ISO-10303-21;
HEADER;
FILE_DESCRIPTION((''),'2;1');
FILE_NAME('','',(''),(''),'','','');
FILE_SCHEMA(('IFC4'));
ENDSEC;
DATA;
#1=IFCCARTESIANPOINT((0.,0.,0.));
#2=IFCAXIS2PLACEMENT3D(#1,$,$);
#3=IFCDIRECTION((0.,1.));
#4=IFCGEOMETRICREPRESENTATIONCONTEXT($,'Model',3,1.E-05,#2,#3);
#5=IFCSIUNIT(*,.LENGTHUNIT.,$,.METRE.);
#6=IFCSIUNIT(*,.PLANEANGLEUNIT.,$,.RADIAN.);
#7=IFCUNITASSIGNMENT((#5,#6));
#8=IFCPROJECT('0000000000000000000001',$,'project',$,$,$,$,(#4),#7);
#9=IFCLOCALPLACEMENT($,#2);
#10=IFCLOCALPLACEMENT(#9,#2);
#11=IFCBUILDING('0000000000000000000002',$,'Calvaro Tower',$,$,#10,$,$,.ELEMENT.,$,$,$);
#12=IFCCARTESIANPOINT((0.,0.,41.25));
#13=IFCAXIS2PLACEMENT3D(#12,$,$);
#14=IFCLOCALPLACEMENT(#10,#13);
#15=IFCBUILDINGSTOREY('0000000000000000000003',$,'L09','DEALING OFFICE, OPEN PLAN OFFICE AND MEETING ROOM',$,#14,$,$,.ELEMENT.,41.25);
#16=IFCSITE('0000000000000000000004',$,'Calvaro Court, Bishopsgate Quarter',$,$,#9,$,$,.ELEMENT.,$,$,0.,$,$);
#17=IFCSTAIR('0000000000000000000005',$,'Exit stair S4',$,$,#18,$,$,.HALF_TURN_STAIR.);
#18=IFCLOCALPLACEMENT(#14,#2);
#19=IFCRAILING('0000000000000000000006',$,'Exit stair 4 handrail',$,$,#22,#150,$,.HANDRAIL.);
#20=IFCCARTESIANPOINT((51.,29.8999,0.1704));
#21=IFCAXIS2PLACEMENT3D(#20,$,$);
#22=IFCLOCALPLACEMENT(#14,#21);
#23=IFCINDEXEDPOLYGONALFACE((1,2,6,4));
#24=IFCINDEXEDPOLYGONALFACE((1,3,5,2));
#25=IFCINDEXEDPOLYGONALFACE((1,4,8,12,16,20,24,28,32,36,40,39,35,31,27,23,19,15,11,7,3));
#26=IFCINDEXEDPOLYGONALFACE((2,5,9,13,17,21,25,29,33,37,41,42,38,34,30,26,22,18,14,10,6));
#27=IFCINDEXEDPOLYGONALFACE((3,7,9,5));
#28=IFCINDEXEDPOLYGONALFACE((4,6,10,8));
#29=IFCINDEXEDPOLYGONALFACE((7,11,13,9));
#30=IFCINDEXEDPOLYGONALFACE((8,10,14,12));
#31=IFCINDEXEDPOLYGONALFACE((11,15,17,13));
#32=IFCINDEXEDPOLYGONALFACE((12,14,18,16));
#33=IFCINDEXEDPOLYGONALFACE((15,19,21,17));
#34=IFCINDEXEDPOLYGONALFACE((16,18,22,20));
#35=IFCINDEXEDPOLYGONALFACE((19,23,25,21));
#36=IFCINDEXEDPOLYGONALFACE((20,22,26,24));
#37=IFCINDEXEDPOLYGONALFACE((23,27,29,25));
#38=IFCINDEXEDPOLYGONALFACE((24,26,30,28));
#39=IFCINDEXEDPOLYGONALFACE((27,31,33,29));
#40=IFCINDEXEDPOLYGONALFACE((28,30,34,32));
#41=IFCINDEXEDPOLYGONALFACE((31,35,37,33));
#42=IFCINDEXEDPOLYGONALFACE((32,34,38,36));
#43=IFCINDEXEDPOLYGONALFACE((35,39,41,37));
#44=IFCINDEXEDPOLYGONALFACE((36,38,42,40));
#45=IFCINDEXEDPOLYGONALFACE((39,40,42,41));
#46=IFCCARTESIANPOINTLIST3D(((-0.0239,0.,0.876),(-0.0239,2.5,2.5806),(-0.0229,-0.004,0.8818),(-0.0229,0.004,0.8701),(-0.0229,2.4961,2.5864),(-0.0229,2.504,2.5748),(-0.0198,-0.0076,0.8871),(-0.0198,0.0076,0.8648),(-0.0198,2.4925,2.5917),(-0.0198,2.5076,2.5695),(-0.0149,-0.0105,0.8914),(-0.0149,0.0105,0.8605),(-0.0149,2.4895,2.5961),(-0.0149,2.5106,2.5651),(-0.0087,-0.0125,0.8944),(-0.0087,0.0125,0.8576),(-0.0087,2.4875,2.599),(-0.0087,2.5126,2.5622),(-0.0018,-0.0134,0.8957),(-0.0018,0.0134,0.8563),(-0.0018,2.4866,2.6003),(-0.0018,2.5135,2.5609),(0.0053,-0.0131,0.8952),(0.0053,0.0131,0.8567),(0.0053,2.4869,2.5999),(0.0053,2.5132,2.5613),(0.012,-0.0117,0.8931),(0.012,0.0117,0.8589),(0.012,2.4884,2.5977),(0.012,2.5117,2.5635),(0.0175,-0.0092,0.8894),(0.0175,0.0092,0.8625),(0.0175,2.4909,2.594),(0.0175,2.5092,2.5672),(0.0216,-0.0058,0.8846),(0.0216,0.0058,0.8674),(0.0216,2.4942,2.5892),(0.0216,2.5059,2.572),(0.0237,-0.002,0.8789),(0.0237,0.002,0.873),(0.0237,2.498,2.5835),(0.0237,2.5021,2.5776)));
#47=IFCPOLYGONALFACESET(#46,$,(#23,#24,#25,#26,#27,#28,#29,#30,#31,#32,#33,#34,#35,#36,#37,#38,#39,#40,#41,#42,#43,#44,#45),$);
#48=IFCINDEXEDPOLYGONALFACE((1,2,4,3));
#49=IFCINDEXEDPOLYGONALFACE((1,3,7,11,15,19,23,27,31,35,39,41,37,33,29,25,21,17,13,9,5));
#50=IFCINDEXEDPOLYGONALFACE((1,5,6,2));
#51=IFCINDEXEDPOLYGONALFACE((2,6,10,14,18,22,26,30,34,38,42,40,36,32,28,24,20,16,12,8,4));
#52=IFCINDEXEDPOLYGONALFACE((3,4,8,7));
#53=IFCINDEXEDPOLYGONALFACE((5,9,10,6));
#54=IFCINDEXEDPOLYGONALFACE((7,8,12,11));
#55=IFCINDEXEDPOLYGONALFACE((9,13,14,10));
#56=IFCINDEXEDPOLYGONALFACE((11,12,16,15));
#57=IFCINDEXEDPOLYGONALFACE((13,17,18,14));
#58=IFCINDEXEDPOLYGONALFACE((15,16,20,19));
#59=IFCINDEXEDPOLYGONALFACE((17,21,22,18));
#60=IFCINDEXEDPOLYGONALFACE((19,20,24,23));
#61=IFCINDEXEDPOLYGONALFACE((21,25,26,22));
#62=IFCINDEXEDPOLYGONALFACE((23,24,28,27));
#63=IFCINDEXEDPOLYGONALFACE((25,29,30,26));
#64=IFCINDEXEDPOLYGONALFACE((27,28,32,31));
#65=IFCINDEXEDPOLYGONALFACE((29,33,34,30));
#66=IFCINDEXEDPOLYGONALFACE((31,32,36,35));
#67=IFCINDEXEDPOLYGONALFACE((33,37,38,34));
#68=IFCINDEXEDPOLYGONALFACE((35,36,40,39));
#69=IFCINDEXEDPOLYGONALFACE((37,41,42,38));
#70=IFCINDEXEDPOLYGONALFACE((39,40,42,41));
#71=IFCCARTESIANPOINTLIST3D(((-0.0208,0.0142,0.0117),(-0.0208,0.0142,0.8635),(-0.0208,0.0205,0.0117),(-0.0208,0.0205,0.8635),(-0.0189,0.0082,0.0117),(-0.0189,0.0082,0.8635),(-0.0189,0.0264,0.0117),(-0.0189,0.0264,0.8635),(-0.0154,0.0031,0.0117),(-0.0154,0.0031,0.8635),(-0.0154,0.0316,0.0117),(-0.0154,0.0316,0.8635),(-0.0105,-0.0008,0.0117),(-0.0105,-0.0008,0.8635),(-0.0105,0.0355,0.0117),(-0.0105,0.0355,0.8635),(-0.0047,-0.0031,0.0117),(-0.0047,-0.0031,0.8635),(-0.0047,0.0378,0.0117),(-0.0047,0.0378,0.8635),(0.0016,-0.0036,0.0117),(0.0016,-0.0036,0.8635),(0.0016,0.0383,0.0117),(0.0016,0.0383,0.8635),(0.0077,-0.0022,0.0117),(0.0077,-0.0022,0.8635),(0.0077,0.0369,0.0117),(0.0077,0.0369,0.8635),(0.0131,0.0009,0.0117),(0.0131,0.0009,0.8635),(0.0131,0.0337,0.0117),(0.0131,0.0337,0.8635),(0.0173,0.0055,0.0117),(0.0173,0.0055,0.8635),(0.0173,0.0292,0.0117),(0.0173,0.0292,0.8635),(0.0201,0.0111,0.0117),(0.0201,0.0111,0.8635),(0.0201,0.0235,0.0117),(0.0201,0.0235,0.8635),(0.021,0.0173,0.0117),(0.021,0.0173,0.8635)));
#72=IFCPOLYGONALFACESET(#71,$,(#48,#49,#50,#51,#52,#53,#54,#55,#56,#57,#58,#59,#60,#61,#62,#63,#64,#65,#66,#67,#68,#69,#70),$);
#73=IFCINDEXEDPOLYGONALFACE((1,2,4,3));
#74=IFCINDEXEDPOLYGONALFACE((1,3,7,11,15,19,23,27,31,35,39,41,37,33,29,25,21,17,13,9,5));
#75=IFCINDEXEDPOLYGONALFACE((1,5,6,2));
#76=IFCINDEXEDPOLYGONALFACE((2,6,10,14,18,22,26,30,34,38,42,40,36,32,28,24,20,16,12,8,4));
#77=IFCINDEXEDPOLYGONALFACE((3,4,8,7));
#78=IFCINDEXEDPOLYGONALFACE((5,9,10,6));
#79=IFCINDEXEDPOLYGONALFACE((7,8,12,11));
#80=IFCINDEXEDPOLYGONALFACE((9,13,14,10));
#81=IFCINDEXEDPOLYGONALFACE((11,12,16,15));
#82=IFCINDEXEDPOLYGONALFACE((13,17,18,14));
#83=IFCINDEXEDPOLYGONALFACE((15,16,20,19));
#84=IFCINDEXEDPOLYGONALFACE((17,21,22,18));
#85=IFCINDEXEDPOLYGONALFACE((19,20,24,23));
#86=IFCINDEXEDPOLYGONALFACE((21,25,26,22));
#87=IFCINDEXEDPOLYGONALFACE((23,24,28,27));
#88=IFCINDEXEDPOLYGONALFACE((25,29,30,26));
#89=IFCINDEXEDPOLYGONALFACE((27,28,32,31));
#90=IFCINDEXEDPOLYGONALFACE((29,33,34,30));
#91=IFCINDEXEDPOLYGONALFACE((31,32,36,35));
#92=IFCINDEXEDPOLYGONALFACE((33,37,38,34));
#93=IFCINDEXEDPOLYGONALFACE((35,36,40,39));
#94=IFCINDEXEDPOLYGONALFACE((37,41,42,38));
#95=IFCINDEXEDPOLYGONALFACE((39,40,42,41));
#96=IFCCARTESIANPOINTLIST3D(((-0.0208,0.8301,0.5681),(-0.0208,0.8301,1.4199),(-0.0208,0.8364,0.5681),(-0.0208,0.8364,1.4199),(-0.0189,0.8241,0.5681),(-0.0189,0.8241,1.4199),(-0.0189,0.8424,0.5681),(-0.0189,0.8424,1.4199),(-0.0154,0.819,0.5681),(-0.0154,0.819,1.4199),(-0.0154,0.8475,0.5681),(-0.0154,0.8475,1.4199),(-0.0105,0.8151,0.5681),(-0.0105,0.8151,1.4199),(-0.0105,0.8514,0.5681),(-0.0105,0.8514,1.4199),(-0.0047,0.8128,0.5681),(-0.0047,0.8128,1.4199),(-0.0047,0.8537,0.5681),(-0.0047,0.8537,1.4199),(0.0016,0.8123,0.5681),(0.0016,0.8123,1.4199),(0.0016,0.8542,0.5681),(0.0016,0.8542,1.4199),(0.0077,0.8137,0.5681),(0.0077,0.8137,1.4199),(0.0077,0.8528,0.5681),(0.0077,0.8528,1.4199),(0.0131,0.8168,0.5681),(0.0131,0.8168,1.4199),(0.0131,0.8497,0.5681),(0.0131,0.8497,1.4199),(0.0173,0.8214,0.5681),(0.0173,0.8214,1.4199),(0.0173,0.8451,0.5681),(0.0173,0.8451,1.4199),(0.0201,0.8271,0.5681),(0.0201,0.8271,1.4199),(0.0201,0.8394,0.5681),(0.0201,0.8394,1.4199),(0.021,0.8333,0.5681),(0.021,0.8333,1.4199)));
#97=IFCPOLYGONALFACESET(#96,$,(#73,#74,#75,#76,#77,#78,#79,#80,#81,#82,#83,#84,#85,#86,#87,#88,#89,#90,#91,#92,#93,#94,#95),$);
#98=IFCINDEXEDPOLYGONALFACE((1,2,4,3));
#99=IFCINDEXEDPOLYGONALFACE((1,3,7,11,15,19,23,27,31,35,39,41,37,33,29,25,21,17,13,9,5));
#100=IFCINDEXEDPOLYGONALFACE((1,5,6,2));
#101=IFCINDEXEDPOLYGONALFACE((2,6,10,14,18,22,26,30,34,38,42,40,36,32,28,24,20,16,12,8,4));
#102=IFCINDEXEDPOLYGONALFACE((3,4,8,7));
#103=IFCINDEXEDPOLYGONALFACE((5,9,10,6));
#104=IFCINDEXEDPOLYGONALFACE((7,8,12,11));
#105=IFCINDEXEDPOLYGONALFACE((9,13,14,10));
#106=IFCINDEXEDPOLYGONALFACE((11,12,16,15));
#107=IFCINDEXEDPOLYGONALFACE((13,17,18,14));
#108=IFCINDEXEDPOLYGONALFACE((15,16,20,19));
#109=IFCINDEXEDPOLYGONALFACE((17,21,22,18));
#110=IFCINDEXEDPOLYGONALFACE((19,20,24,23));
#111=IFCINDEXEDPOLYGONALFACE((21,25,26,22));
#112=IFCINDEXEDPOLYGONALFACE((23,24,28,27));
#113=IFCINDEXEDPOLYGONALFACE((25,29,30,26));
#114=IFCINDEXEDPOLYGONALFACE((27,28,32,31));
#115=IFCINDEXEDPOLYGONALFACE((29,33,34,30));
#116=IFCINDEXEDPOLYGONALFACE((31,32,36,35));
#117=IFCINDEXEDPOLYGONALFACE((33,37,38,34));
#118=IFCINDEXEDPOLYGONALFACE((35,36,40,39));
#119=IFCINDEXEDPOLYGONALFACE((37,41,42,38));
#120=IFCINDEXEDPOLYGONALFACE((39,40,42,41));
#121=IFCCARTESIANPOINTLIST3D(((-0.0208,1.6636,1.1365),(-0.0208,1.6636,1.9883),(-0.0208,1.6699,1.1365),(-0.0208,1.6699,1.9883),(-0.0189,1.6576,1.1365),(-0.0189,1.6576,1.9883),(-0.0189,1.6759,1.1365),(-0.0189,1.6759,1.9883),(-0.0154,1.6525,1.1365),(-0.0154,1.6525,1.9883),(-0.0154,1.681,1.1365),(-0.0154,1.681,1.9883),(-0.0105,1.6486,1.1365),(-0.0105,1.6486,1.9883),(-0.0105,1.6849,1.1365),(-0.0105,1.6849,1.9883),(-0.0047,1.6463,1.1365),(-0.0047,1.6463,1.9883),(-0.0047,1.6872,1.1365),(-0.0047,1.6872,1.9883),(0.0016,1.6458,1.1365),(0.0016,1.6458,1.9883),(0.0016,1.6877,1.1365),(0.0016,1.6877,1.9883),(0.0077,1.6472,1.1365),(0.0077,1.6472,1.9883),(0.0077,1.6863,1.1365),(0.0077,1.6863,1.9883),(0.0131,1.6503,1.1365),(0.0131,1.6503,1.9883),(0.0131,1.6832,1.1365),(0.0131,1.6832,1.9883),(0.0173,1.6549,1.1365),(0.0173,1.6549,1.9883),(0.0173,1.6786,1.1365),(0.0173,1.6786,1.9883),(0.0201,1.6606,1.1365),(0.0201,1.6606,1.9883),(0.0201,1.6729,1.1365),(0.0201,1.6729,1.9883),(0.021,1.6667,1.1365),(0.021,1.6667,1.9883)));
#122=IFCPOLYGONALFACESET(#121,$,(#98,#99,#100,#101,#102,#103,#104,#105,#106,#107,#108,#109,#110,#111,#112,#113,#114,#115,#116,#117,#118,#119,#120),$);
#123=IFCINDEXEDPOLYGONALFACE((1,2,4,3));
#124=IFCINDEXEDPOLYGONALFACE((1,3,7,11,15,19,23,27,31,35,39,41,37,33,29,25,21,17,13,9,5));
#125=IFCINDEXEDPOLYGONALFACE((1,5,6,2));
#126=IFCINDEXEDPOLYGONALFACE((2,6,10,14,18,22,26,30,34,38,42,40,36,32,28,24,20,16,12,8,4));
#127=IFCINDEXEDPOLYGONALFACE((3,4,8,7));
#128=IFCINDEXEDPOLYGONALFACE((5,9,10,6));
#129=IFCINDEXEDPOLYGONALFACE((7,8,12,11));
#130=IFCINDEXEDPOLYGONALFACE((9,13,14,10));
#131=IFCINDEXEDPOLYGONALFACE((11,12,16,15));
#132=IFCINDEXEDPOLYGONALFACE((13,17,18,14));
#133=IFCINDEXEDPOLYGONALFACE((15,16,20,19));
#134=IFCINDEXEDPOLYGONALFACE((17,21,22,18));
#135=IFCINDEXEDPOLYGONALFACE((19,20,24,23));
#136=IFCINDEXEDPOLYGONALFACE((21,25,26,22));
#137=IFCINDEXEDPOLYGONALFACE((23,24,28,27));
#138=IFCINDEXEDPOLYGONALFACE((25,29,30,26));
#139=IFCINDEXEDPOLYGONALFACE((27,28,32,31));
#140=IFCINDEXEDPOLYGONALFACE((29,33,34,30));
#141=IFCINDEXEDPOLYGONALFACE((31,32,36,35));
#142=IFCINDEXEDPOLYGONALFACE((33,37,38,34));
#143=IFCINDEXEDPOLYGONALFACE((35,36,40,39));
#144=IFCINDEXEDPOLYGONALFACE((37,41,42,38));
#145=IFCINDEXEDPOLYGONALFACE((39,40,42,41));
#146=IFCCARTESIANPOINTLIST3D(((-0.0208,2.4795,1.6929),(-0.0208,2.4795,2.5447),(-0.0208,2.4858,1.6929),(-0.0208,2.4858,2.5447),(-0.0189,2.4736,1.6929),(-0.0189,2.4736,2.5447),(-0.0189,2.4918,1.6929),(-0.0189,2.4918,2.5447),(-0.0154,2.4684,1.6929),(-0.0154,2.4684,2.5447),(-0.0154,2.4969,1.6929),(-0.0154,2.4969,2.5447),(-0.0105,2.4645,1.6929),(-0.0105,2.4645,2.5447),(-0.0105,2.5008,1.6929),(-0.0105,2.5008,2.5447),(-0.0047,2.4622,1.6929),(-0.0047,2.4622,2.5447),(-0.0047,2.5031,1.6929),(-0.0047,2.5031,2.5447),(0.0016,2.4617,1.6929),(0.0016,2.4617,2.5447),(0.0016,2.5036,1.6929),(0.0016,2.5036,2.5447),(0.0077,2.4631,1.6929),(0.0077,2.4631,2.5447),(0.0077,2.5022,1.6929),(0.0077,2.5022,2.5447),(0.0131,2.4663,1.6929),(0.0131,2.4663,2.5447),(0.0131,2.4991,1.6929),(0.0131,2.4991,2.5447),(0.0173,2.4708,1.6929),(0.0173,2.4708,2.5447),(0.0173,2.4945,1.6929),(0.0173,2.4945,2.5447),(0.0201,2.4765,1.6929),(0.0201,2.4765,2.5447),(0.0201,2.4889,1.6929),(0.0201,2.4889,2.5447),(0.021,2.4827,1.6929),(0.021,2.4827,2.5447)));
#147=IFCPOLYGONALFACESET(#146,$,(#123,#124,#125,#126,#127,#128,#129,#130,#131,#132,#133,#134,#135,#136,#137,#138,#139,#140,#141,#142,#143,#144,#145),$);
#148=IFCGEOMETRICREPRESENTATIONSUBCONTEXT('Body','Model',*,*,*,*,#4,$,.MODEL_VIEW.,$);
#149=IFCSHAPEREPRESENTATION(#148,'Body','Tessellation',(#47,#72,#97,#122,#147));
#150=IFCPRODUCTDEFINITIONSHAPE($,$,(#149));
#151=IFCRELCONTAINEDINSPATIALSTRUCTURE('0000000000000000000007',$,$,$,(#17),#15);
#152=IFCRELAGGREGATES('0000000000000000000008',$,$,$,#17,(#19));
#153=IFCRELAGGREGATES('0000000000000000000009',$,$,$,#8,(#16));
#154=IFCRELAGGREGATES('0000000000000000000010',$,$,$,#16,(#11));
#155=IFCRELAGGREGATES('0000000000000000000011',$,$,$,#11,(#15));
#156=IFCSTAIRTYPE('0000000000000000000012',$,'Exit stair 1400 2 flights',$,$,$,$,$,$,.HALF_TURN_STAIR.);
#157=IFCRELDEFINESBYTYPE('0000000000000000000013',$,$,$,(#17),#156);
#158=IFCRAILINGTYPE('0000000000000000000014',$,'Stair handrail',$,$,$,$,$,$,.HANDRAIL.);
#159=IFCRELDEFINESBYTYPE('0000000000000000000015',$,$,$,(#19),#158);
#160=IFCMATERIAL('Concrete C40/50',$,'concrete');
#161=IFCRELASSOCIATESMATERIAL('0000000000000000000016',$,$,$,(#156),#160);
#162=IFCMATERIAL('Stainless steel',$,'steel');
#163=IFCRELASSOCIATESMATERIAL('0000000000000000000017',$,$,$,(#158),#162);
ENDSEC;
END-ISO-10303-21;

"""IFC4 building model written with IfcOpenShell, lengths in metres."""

from ifc_helpers import new_model, si_unit, direction, frame, origin, origin_2d, place, context, subcontext, project, spatial, circle, extrude, material, type_object, element, aggregate, save


model = new_model("IFC4")

# Units and contexts
model_context = context("Model", 3, precision=1e-05, world=origin(), true_north=direction((0.0, 1.0)))
body_context = subcontext(model_context, "Body", "Model", "MODEL_VIEW")
ifc_project = project(units=[si_unit("LENGTHUNIT", "METRE"), si_unit("PLANEANGLEUNIT", "RADIAN")], contexts=[model_context])

# Site, building, storey
site_placement = place(None, origin())
site = spatial("IfcSite", under=ifc_project, at=site_placement, Name="Calvaro Court, Bishopsgate Quarter", CompositionType="ELEMENT", RefElevation=0.0)
building_placement = place(site_placement, origin())
building = spatial("IfcBuilding", under=site, at=building_placement, Name="Calvaro Tower", CompositionType="ELEMENT")
storey_placement = place(building_placement, frame((0.0, 0.0, 41.25)))
storey = spatial("IfcBuildingStorey", under=building, at=storey_placement, Name="L09", Description="DEALING OFFICE, OPEN PLAN OFFICE AND MEETING ROOM", CompositionType="ELEMENT", Elevation=41.25)

# Shared definitions
ifc_material_1 = material(Name="Concrete C40/50", Category="concrete")
stair_type = type_object("IfcStairType", Name="Exit stair 1400 2 flights", PredefinedType="HALF_TURN_STAIR", material=ifc_material_1)
ifc_material_2 = material(Name="Stainless steel", Category="steel")
railing_type = type_object("IfcRailingType", Name="Stair handrail", PredefinedType="HANDRAIL", material=ifc_material_2)

# Stair, railing
stair_1_placement = place(storey_placement, origin())
stair_1 = element("IfcStair", 1, at=stair_1_placement, inside=storey, type_object=stair_type, Name="Exit stair S4", PredefinedType="HALF_TURN_STAIR")
railing_1_placement = place(storey_placement, frame((51.0, 29.8999, 0.1704)))
railing_1 = element("IfcRailing", 2, at=railing_1_placement, type_object=railing_type, Name="Exit stair 4 handrail", PredefinedType="HANDRAIL", context=body_context, shape_type="SweptSolid", body=[
    extrude(circle(Radius=0.0239, at=origin_2d()), frame((0.0, 0.0, 0.876), z_axis=(0.0, 0.826221, 0.563347), x_axis=(-1.0, 0.0, 0.0)), (0.0, 0.0, 1.0), 3.0259),
    extrude(circle(Radius=0.021, at=origin_2d()), frame((0.0, 0.0173, 0.0117)), (0.0, 0.0, 1.0), 0.8518),
    extrude(circle(Radius=0.021, at=origin_2d()), frame((0.0, 0.8333, 0.5681)), (0.0, 0.0, 1.0), 0.8518),
    extrude(circle(Radius=0.021, at=origin_2d()), frame((0.0, 1.6667, 1.1365)), (0.0, 0.0, 1.0), 0.8518),
    extrude(circle(Radius=0.021, at=origin_2d()), frame((0.0, 2.4827, 1.6929)), (0.0, 0.0, 1.0), 0.8518),
])
aggregate(stair_1, [railing_1])

save(model, "model.ifc")
